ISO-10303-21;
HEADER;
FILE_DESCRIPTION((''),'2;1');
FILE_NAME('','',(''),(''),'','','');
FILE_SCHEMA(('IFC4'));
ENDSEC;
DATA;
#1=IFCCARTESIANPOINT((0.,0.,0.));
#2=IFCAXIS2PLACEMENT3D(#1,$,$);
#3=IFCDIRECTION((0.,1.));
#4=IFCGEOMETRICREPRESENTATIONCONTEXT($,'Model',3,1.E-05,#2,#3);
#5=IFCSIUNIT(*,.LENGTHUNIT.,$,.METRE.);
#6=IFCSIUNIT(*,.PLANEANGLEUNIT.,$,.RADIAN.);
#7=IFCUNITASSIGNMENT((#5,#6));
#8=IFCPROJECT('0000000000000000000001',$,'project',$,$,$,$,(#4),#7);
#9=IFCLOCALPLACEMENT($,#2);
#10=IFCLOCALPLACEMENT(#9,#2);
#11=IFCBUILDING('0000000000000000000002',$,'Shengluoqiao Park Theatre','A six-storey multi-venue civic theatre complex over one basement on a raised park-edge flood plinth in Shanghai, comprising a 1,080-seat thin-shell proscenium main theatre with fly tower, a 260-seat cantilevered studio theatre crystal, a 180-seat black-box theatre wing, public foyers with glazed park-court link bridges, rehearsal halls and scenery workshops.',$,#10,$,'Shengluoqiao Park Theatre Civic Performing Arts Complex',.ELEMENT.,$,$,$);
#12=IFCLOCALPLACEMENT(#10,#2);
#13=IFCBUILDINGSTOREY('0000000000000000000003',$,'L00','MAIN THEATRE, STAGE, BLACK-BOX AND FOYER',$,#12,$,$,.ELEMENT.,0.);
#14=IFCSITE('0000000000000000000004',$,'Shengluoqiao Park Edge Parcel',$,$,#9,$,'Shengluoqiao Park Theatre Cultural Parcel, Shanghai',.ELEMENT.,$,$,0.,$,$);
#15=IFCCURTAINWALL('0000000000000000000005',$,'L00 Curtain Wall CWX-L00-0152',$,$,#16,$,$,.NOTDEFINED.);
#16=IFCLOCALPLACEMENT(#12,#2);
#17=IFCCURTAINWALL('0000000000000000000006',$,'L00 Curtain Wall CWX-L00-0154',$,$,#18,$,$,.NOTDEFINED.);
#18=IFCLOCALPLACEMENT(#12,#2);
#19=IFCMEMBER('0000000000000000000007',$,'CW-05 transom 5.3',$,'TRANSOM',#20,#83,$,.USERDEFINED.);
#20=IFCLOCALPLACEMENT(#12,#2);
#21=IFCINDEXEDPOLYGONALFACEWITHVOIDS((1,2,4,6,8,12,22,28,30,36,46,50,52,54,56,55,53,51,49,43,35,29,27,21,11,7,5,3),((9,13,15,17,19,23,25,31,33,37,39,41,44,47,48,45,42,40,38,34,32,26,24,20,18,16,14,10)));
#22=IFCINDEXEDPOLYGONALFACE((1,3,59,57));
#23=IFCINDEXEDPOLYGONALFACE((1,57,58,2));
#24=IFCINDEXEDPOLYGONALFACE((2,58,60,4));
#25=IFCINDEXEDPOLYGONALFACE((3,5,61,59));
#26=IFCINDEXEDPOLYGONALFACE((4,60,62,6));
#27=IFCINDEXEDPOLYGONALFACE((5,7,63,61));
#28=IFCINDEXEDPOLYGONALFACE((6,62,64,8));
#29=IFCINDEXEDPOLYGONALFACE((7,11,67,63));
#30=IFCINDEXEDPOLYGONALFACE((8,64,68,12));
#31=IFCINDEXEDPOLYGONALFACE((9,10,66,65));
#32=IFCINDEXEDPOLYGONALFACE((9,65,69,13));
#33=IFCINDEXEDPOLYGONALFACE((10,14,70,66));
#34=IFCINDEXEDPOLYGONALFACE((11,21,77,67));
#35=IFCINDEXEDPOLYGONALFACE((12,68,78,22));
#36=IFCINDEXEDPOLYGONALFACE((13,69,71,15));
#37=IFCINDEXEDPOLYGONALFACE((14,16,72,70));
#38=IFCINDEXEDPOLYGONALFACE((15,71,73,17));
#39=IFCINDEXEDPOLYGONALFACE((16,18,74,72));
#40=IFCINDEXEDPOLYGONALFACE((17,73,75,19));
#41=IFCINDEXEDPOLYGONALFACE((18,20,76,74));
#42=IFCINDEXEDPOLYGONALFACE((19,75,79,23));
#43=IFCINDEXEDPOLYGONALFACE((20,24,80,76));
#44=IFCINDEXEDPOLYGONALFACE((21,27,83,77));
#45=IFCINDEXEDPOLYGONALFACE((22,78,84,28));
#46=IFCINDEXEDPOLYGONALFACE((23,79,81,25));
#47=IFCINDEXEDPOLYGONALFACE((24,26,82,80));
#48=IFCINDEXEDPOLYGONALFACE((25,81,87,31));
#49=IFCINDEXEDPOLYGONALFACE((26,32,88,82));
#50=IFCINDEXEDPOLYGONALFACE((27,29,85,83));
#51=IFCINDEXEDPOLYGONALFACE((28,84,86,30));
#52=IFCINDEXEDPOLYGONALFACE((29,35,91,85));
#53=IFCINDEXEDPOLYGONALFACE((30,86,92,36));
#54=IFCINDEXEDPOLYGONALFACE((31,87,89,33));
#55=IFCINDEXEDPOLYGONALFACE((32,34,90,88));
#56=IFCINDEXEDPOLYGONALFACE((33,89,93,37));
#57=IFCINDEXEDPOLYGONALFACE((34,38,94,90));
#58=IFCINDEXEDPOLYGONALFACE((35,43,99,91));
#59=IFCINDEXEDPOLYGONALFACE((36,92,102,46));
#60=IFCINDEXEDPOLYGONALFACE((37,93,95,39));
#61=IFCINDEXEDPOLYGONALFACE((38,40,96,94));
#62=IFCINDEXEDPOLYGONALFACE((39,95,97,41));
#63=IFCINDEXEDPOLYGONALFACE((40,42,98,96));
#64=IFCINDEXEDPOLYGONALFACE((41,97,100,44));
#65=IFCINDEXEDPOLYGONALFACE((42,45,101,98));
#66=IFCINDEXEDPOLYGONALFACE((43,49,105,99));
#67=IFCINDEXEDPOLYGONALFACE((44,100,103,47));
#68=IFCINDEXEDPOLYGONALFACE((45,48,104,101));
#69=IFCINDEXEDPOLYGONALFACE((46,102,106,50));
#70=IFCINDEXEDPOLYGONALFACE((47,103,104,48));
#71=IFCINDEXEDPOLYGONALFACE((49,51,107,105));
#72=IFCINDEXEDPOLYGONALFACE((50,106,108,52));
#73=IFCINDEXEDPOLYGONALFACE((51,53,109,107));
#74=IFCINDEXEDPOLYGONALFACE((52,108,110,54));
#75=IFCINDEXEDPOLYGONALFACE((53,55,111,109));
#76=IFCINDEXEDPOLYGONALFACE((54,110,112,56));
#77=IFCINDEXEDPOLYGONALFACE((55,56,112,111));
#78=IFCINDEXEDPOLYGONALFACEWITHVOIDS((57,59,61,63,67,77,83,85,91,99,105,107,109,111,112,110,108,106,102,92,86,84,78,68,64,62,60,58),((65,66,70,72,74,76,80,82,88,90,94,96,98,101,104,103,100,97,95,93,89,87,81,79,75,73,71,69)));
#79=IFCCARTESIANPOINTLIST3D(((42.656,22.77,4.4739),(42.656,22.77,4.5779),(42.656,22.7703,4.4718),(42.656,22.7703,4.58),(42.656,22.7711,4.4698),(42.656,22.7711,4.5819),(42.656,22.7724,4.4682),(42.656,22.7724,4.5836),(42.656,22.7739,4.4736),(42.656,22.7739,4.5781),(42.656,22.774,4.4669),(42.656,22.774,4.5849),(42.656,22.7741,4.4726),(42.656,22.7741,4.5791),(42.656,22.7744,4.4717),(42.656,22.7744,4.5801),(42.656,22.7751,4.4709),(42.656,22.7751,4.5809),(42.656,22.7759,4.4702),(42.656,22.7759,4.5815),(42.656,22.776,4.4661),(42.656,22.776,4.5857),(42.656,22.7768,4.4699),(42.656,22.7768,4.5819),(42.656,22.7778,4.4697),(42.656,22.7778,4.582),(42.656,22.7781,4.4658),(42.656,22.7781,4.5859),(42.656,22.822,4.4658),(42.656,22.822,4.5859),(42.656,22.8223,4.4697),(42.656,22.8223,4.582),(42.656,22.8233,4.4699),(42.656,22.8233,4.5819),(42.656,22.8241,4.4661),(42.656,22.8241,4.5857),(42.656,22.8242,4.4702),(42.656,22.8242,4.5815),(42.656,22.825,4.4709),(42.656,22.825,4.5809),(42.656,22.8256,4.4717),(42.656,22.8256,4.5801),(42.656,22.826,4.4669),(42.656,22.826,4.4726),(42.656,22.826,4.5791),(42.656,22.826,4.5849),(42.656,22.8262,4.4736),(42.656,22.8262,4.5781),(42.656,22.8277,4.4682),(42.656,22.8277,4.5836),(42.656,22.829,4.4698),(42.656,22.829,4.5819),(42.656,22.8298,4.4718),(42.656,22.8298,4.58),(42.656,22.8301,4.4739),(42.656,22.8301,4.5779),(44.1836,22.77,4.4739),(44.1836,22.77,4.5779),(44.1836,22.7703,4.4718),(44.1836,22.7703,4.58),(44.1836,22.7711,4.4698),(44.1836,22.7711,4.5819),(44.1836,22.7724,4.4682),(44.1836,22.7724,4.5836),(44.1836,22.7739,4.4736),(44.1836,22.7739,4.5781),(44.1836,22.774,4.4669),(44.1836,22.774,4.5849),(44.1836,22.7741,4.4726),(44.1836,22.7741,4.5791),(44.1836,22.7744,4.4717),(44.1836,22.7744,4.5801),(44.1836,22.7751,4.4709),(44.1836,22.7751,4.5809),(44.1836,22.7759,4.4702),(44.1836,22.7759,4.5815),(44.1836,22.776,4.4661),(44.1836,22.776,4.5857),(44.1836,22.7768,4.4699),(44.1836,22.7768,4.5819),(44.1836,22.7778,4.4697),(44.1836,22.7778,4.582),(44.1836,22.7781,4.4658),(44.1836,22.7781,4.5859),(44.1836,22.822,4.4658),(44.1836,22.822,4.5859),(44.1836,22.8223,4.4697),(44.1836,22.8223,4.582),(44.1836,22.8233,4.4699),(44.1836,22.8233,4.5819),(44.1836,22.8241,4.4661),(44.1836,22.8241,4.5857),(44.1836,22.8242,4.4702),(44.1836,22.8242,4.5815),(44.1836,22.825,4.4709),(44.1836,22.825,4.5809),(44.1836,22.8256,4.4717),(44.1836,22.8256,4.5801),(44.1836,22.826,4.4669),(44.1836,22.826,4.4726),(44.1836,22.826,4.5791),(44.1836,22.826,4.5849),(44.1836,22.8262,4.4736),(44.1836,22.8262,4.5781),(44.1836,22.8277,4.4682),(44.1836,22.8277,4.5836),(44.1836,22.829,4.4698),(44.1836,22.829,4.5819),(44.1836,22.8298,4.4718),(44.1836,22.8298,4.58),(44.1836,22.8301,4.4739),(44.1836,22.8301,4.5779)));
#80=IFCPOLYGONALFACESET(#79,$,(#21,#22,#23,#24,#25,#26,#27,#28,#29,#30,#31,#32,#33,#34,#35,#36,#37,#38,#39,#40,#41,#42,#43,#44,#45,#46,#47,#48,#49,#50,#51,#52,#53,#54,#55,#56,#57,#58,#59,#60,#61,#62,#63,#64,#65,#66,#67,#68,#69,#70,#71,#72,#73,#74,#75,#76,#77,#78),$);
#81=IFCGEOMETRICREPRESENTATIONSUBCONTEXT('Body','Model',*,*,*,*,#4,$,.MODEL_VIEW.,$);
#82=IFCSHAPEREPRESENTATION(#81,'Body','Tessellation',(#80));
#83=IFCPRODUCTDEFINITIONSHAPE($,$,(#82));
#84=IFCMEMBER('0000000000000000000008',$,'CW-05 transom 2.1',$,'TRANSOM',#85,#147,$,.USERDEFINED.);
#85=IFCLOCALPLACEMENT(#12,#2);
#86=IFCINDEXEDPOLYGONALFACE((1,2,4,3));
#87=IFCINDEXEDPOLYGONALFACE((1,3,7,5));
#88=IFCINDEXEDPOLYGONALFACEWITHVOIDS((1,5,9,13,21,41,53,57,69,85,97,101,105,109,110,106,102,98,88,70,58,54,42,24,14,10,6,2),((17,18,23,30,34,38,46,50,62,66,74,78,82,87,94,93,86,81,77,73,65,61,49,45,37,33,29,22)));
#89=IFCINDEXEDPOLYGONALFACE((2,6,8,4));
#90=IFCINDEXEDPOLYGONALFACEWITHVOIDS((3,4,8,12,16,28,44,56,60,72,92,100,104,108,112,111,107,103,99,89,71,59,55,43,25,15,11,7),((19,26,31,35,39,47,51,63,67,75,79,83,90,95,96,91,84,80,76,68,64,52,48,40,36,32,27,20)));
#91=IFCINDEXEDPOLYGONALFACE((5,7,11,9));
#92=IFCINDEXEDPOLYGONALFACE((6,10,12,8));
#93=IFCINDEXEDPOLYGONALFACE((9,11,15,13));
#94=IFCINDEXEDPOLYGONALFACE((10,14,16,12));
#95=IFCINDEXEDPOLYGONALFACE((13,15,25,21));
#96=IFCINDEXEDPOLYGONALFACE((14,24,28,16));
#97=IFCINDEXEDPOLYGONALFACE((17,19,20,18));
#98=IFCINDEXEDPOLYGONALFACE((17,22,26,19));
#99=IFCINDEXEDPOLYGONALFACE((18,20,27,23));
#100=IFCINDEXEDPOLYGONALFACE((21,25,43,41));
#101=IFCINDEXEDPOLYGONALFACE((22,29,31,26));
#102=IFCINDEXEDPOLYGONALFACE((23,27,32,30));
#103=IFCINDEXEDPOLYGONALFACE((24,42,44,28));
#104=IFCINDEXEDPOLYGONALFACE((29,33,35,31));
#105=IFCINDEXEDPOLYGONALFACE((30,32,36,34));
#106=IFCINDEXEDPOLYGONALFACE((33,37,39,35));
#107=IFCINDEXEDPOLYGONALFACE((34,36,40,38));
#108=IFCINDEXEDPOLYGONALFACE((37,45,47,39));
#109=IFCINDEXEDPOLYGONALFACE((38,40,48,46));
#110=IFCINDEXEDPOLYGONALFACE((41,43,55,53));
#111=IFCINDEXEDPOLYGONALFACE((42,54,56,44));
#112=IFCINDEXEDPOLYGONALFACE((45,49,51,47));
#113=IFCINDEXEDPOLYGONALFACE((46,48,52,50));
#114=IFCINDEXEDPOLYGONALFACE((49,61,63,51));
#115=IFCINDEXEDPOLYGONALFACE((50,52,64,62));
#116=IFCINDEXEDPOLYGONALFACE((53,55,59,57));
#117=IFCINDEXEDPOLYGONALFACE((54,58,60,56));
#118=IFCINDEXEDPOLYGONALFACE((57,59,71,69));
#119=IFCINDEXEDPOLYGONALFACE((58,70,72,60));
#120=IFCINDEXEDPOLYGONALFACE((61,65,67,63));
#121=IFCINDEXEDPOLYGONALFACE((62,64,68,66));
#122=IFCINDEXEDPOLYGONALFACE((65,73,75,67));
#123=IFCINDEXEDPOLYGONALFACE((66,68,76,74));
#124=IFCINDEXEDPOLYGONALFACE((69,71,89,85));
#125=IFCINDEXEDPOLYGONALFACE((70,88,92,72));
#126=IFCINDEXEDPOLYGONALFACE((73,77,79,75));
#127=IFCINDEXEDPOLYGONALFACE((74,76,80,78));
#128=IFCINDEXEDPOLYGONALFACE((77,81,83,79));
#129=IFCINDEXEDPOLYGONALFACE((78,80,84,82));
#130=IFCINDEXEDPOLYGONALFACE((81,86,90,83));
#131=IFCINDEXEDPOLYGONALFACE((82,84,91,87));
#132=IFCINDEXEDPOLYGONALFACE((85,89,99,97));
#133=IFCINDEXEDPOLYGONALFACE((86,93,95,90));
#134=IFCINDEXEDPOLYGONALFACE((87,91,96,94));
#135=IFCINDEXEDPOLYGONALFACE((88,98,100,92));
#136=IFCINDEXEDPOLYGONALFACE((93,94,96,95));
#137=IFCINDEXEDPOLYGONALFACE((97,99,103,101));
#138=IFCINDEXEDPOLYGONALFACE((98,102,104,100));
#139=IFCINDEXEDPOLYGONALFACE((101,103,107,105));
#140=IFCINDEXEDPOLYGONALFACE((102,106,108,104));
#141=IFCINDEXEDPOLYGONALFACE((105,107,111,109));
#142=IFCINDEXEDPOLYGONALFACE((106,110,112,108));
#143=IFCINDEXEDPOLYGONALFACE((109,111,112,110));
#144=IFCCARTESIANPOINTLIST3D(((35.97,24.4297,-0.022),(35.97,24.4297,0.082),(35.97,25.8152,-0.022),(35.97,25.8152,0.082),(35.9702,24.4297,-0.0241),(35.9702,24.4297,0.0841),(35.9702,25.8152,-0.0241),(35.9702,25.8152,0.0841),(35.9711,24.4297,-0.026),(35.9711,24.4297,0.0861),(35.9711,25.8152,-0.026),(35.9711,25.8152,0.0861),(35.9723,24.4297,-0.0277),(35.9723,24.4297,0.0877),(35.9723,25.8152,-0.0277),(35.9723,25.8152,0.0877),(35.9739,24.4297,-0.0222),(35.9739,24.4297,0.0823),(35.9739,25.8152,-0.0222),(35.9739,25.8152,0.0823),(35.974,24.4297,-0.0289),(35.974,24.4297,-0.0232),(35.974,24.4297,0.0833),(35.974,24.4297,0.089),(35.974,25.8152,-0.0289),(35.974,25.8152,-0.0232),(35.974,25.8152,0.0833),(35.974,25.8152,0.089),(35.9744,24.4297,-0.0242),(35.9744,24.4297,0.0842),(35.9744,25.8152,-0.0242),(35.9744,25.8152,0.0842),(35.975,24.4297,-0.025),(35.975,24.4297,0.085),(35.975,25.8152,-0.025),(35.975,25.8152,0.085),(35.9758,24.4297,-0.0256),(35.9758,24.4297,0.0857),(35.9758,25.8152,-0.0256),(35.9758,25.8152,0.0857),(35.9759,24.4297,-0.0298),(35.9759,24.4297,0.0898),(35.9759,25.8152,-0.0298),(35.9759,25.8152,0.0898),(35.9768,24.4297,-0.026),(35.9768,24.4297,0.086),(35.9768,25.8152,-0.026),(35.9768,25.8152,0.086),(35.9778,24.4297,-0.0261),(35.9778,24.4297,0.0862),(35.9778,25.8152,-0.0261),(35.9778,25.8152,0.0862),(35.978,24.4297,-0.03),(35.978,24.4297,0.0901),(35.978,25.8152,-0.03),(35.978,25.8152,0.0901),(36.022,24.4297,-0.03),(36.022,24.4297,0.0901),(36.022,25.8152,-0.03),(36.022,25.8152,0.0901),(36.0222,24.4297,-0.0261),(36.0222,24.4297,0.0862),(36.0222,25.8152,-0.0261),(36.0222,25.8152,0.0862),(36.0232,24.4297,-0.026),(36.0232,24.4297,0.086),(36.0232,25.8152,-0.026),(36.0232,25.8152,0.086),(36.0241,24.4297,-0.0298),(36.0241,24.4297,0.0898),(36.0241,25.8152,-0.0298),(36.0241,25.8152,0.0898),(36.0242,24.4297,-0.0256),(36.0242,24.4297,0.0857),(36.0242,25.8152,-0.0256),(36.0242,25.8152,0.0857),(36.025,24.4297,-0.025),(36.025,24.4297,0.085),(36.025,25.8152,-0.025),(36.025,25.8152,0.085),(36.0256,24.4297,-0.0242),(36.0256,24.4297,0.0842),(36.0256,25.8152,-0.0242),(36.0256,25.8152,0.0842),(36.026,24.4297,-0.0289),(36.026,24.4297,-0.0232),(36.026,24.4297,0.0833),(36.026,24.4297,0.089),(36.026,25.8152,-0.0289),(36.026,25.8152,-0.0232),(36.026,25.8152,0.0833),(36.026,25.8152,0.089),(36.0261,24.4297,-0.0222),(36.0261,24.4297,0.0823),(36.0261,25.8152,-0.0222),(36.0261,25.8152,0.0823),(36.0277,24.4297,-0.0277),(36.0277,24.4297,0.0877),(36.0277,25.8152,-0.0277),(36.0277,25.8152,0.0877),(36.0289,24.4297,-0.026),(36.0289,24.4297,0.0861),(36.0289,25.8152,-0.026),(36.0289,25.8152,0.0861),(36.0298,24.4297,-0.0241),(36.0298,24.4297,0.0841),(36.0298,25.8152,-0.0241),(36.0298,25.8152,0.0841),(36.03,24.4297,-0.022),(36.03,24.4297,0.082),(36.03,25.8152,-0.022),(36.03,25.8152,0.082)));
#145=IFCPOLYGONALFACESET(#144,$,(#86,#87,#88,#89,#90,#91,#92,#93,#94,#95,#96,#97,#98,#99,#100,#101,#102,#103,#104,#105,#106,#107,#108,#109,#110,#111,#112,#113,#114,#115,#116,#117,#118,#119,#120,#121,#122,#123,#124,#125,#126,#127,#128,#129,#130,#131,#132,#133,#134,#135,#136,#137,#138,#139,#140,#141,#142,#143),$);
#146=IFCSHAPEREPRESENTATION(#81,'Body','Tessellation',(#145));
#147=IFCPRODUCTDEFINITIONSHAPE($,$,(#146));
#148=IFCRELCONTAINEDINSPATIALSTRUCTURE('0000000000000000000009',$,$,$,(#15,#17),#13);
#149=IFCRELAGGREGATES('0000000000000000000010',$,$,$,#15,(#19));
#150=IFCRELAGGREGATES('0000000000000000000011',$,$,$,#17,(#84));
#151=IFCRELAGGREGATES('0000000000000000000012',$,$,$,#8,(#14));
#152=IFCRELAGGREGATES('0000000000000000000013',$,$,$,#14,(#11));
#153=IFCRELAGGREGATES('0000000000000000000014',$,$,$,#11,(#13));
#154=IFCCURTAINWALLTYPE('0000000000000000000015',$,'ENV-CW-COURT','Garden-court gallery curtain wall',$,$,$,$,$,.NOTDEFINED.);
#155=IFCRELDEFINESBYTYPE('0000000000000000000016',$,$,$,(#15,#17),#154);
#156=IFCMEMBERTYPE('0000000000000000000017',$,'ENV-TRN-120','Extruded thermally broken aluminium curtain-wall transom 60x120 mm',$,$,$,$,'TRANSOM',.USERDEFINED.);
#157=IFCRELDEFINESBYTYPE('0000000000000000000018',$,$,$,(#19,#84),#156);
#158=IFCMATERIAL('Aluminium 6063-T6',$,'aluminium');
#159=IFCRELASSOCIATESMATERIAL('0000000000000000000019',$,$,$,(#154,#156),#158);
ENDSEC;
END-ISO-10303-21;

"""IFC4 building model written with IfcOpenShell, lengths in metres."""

from ifc_helpers import new_model, si_unit, direction, frame, origin, origin_2d, place, context, subcontext, project, spatial, hollow_rectangle, extrude, material, material_profile, profile_set, type_object, element, aggregate, save


model = new_model("IFC4")

# Units and contexts
model_context = context("Model", 3, precision=1e-05, world=origin(), true_north=direction((0.0, 1.0)))
body_context = subcontext(model_context, "Body", "Model", "MODEL_VIEW")
ifc_project = project(units=[si_unit("LENGTHUNIT", "METRE"), si_unit("PLANEANGLEUNIT", "RADIAN")], contexts=[model_context])

# Site, building, storey
site_placement = place(None, origin())
site = spatial("IfcSite", under=ifc_project, at=site_placement, Name="Shengluoqiao Park Edge Parcel", LongName="Shengluoqiao Park Theatre Cultural Parcel, Shanghai", CompositionType="ELEMENT", RefElevation=0.0)
building_placement = place(site_placement, origin())
building = spatial("IfcBuilding", under=site, at=building_placement, Name="Shengluoqiao Park Theatre", Description="A six-storey multi-venue civic theatre complex over one basement on a raised park-edge flood plinth in Shanghai, comprising a 1,080-seat thin-shell proscenium main theatre with fly tower, a 260-seat cantilevered studio theatre crystal, a 180-seat black-box theatre wing, public foyers with glazed park-court link bridges, rehearsal halls and scenery workshops.", LongName="Shengluoqiao Park Theatre Civic Performing Arts Complex", CompositionType="ELEMENT")
storey_placement = place(building_placement, origin())
storey = spatial("IfcBuildingStorey", under=building, at=storey_placement, Name="L00", Description="MAIN THEATRE, STAGE, BLACK-BOX AND FOYER", CompositionType="ELEMENT", Elevation=0.0)

# Curtain walls
ifc_material_1 = material(Name="Aluminium 6063-T6", Category="aluminium")
curtain_wall_type = type_object("IfcCurtainWallType", Name="ENV-CW-COURT", Description="Garden-court gallery curtain wall", PredefinedType="NOTDEFINED", material=ifc_material_1)
curtain_wall_1_placement = place(storey_placement, origin())
curtain_wall_1 = element("IfcCurtainWall", 1, at=curtain_wall_1_placement, inside=storey, type_object=curtain_wall_type, Name="L00 Curtain Wall CWX-L00-0152", PredefinedType="NOTDEFINED")
curtain_wall_2_placement = place(storey_placement, origin())
curtain_wall_2 = element("IfcCurtainWall", 2, at=curtain_wall_2_placement, inside=storey, type_object=curtain_wall_type, Name="L00 Curtain Wall CWX-L00-0154", PredefinedType="NOTDEFINED")

# Members
ifc_material_profile_1 = material_profile(ifc_material_1, hollow_rectangle(XDim=0.0601, YDim=0.1201, WallThickness=0.0039, InnerFilletRadius=0.0039, OuterFilletRadius=0.0081, at=origin_2d()), Name="ALU TRANSOM 120x60x4")
ifc_profile_set_1 = profile_set([ifc_material_profile_1], Name="Aluminium 6063-T6")
member_type_1 = type_object("IfcMemberType", Name="ENV-TRN-120", Description="Extruded thermally broken aluminium curtain-wall transom 60x120 mm", ElementType="TRANSOM", PredefinedType="USERDEFINED", material=ifc_profile_set_1)
member_1_placement = place(storey_placement, frame((42.656, 22.8, 4.5259), z_axis=(1.0, 0.0, 0.0), x_axis=(0.0, 1.0, 0.0)))
member_1 = element("IfcMember", 3, at=member_1_placement, type_object=member_type_1, Name="CW-05 transom 5.3", ObjectType="TRANSOM", PredefinedType="USERDEFINED", context=body_context, shape_type="SweptSolid", body=[
    extrude(hollow_rectangle(XDim=0.0601, YDim=0.1201, WallThickness=0.0039, InnerFilletRadius=0.0039, OuterFilletRadius=0.0081, at=origin_2d()), origin(), (0.0, 0.0, 1.0), 1.5276),
])
member_2_placement = place(storey_placement, frame((36.0, 24.4297, 0.03), z_axis=(0.0, 1.0, 0.0), x_axis=(-1.0, 0.0, 0.0)))
member_2 = element("IfcMember", 4, at=member_2_placement, type_object=member_type_1, Name="CW-05 transom 2.1", ObjectType="TRANSOM", PredefinedType="USERDEFINED", context=body_context, shape_type="SweptSolid", body=[
    extrude(hollow_rectangle(XDim=0.0601, YDim=0.1201, WallThickness=0.0039, InnerFilletRadius=0.0039, OuterFilletRadius=0.0081, at=origin_2d()), origin(), (0.0, 0.0, 1.0), 1.3855),
])

aggregate(curtain_wall_1, [member_1])
aggregate(curtain_wall_2, [member_2])

save(model, "model.ifc")
